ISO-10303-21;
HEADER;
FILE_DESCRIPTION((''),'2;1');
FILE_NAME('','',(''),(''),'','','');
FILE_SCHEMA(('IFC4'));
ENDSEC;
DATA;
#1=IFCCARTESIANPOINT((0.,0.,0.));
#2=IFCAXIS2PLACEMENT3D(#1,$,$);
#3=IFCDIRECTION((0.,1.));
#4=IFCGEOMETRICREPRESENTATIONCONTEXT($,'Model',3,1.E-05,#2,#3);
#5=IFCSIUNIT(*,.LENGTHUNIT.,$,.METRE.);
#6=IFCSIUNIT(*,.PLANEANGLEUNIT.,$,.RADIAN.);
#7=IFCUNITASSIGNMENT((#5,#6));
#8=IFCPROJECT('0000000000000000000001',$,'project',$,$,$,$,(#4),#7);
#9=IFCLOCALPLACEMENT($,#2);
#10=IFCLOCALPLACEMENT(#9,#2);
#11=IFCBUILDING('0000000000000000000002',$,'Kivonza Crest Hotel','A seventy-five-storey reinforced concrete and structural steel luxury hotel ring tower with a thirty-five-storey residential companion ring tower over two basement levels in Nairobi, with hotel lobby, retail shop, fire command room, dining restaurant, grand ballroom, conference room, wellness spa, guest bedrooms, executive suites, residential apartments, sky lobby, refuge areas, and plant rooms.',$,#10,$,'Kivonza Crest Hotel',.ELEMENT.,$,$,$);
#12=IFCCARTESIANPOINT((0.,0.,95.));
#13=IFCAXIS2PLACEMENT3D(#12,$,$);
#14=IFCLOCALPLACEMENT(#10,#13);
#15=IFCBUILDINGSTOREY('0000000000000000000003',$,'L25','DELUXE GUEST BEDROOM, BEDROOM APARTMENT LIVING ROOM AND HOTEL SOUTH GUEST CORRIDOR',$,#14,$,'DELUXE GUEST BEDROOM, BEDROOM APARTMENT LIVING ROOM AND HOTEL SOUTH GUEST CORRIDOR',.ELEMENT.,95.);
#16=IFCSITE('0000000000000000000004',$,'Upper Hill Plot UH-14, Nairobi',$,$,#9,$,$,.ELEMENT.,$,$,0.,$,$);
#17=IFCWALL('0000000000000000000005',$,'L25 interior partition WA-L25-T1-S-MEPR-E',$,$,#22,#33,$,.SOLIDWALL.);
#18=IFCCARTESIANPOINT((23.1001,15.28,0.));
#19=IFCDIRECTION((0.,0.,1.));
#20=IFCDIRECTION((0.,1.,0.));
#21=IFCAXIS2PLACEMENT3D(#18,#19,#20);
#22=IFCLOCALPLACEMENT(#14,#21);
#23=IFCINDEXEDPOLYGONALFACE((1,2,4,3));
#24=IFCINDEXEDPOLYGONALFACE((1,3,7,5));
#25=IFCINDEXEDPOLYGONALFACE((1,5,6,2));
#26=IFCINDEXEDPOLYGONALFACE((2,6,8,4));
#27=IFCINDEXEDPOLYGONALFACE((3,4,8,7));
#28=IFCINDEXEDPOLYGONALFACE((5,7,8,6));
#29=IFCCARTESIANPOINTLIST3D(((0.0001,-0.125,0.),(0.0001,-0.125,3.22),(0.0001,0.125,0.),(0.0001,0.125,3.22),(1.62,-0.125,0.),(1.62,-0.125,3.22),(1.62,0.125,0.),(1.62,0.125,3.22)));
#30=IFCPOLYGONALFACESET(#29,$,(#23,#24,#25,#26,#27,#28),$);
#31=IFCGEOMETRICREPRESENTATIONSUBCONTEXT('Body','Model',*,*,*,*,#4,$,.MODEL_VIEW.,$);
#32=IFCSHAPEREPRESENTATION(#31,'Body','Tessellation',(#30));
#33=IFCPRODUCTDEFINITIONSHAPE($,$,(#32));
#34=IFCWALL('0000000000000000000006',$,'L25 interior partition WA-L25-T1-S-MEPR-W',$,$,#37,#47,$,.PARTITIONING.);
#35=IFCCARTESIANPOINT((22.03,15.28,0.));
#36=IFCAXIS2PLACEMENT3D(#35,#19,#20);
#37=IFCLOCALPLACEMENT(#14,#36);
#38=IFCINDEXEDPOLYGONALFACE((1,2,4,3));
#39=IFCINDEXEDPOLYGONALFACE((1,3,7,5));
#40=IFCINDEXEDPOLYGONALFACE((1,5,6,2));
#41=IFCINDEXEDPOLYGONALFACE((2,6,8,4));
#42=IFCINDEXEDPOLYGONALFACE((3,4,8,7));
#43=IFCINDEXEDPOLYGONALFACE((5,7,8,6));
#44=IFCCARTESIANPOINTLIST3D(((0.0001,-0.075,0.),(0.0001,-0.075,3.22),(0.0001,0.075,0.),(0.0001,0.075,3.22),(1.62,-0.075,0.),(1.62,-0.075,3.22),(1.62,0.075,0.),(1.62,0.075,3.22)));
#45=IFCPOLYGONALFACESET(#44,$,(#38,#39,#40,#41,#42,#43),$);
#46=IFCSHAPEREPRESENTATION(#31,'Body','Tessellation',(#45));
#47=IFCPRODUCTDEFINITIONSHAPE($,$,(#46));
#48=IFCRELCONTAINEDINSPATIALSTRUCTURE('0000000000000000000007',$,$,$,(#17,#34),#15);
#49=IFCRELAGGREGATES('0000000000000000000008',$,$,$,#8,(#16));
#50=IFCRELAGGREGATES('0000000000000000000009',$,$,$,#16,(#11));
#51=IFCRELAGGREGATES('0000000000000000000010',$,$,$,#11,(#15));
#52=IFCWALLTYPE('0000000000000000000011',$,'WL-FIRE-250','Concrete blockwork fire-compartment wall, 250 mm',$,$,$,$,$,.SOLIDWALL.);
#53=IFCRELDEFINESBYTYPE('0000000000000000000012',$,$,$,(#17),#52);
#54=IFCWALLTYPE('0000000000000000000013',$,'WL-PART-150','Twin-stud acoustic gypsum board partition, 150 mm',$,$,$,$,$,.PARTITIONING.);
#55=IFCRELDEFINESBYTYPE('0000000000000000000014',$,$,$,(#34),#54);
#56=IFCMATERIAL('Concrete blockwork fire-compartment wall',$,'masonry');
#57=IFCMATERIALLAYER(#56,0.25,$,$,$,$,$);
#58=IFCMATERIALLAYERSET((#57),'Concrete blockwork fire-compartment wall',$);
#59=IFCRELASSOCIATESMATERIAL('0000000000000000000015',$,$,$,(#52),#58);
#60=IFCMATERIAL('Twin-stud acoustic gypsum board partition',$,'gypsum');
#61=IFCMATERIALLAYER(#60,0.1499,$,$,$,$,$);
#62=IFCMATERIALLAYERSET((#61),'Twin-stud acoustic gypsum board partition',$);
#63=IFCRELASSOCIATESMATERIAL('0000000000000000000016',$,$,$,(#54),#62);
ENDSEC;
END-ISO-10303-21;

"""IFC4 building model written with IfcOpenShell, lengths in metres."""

from ifc_helpers import new_model, si_unit, direction, frame, frame_2d, origin, place, context, subcontext, project, spatial, rectangle, extrude, material, layer, layer_set, type_object, element, save


model = new_model("IFC4")

# Units and contexts
model_context = context("Model", 3, precision=1e-05, world=origin(), true_north=direction((0.0, 1.0)))
body_context = subcontext(model_context, "Body", "Model", "MODEL_VIEW")
ifc_project = project(units=[si_unit("LENGTHUNIT", "METRE"), si_unit("PLANEANGLEUNIT", "RADIAN")], contexts=[model_context])

# Site, building, storey
site_placement = place(None, origin())
site = spatial("IfcSite", under=ifc_project, at=site_placement, Name="Upper Hill Plot UH-14, Nairobi", CompositionType="ELEMENT", RefElevation=0.0)
building_placement = place(site_placement, origin())
building = spatial("IfcBuilding", under=site, at=building_placement, Name="Kivonza Crest Hotel", Description="A seventy-five-storey reinforced concrete and structural steel luxury hotel ring tower with a thirty-five-storey residential companion ring tower over two basement levels in Nairobi, with hotel lobby, retail shop, fire command room, dining restaurant, grand ballroom, conference room, wellness spa, guest bedrooms, executive suites, residential apartments, sky lobby, refuge areas, and plant rooms.", LongName="Kivonza Crest Hotel", CompositionType="ELEMENT")
storey_placement = place(building_placement, frame((0.0, 0.0, 95.0)))
storey = spatial("IfcBuildingStorey", under=building, at=storey_placement, Name="L25", Description="DELUXE GUEST BEDROOM, BEDROOM APARTMENT LIVING ROOM AND HOTEL SOUTH GUEST CORRIDOR", LongName="DELUXE GUEST BEDROOM, BEDROOM APARTMENT LIVING ROOM AND HOTEL SOUTH GUEST CORRIDOR", CompositionType="ELEMENT", Elevation=95.0)

# Walls
ifc_material_1 = material(Name="Concrete blockwork fire-compartment wall", Category="masonry")
ifc_layer_1 = layer(ifc_material_1, 0.25)
ifc_layer_set_1 = layer_set([ifc_layer_1], Name="Concrete blockwork fire-compartment wall")
wall_type_1 = type_object("IfcWallType", Name="WL-FIRE-250", Description="Concrete blockwork fire-compartment wall, 250 mm", PredefinedType="SOLIDWALL", material=ifc_layer_set_1)
wall_1_placement = place(storey_placement, frame((23.1001, 15.28, 0.0), z_axis=(0.0, 0.0, 1.0), x_axis=(0.0, 1.0, 0.0)))
element("IfcWall", 1, at=wall_1_placement, inside=storey, type_object=wall_type_1, Name="L25 interior partition WA-L25-T1-S-MEPR-E", PredefinedType="SOLIDWALL", context=body_context, shape_type="SweptSolid", body=[
    extrude(rectangle(XDim=1.6199, YDim=0.25, at=frame_2d((0.8101, 0.0))), origin(), (0.0, 0.0, 1.0), 3.22),
])
ifc_material_2 = material(Name="Twin-stud acoustic gypsum board partition", Category="gypsum")
ifc_layer_2 = layer(ifc_material_2, 0.1499)
ifc_layer_set_2 = layer_set([ifc_layer_2], Name="Twin-stud acoustic gypsum board partition")
wall_type_2 = type_object("IfcWallType", Name="WL-PART-150", Description="Twin-stud acoustic gypsum board partition, 150 mm", PredefinedType="PARTITIONING", material=ifc_layer_set_2)
wall_2_placement = place(storey_placement, frame((22.03, 15.28, 0.0), z_axis=(0.0, 0.0, 1.0), x_axis=(0.0, 1.0, 0.0)))
element("IfcWall", 2, at=wall_2_placement, inside=storey, type_object=wall_type_2, Name="L25 interior partition WA-L25-T1-S-MEPR-W", PredefinedType="PARTITIONING", context=body_context, shape_type="SweptSolid", body=[
    extrude(rectangle(XDim=1.6199, YDim=0.1499, at=frame_2d((0.8101, 0.0))), origin(), (0.0, 0.0, 1.0), 3.22),
])

save(model, "model.ifc")
